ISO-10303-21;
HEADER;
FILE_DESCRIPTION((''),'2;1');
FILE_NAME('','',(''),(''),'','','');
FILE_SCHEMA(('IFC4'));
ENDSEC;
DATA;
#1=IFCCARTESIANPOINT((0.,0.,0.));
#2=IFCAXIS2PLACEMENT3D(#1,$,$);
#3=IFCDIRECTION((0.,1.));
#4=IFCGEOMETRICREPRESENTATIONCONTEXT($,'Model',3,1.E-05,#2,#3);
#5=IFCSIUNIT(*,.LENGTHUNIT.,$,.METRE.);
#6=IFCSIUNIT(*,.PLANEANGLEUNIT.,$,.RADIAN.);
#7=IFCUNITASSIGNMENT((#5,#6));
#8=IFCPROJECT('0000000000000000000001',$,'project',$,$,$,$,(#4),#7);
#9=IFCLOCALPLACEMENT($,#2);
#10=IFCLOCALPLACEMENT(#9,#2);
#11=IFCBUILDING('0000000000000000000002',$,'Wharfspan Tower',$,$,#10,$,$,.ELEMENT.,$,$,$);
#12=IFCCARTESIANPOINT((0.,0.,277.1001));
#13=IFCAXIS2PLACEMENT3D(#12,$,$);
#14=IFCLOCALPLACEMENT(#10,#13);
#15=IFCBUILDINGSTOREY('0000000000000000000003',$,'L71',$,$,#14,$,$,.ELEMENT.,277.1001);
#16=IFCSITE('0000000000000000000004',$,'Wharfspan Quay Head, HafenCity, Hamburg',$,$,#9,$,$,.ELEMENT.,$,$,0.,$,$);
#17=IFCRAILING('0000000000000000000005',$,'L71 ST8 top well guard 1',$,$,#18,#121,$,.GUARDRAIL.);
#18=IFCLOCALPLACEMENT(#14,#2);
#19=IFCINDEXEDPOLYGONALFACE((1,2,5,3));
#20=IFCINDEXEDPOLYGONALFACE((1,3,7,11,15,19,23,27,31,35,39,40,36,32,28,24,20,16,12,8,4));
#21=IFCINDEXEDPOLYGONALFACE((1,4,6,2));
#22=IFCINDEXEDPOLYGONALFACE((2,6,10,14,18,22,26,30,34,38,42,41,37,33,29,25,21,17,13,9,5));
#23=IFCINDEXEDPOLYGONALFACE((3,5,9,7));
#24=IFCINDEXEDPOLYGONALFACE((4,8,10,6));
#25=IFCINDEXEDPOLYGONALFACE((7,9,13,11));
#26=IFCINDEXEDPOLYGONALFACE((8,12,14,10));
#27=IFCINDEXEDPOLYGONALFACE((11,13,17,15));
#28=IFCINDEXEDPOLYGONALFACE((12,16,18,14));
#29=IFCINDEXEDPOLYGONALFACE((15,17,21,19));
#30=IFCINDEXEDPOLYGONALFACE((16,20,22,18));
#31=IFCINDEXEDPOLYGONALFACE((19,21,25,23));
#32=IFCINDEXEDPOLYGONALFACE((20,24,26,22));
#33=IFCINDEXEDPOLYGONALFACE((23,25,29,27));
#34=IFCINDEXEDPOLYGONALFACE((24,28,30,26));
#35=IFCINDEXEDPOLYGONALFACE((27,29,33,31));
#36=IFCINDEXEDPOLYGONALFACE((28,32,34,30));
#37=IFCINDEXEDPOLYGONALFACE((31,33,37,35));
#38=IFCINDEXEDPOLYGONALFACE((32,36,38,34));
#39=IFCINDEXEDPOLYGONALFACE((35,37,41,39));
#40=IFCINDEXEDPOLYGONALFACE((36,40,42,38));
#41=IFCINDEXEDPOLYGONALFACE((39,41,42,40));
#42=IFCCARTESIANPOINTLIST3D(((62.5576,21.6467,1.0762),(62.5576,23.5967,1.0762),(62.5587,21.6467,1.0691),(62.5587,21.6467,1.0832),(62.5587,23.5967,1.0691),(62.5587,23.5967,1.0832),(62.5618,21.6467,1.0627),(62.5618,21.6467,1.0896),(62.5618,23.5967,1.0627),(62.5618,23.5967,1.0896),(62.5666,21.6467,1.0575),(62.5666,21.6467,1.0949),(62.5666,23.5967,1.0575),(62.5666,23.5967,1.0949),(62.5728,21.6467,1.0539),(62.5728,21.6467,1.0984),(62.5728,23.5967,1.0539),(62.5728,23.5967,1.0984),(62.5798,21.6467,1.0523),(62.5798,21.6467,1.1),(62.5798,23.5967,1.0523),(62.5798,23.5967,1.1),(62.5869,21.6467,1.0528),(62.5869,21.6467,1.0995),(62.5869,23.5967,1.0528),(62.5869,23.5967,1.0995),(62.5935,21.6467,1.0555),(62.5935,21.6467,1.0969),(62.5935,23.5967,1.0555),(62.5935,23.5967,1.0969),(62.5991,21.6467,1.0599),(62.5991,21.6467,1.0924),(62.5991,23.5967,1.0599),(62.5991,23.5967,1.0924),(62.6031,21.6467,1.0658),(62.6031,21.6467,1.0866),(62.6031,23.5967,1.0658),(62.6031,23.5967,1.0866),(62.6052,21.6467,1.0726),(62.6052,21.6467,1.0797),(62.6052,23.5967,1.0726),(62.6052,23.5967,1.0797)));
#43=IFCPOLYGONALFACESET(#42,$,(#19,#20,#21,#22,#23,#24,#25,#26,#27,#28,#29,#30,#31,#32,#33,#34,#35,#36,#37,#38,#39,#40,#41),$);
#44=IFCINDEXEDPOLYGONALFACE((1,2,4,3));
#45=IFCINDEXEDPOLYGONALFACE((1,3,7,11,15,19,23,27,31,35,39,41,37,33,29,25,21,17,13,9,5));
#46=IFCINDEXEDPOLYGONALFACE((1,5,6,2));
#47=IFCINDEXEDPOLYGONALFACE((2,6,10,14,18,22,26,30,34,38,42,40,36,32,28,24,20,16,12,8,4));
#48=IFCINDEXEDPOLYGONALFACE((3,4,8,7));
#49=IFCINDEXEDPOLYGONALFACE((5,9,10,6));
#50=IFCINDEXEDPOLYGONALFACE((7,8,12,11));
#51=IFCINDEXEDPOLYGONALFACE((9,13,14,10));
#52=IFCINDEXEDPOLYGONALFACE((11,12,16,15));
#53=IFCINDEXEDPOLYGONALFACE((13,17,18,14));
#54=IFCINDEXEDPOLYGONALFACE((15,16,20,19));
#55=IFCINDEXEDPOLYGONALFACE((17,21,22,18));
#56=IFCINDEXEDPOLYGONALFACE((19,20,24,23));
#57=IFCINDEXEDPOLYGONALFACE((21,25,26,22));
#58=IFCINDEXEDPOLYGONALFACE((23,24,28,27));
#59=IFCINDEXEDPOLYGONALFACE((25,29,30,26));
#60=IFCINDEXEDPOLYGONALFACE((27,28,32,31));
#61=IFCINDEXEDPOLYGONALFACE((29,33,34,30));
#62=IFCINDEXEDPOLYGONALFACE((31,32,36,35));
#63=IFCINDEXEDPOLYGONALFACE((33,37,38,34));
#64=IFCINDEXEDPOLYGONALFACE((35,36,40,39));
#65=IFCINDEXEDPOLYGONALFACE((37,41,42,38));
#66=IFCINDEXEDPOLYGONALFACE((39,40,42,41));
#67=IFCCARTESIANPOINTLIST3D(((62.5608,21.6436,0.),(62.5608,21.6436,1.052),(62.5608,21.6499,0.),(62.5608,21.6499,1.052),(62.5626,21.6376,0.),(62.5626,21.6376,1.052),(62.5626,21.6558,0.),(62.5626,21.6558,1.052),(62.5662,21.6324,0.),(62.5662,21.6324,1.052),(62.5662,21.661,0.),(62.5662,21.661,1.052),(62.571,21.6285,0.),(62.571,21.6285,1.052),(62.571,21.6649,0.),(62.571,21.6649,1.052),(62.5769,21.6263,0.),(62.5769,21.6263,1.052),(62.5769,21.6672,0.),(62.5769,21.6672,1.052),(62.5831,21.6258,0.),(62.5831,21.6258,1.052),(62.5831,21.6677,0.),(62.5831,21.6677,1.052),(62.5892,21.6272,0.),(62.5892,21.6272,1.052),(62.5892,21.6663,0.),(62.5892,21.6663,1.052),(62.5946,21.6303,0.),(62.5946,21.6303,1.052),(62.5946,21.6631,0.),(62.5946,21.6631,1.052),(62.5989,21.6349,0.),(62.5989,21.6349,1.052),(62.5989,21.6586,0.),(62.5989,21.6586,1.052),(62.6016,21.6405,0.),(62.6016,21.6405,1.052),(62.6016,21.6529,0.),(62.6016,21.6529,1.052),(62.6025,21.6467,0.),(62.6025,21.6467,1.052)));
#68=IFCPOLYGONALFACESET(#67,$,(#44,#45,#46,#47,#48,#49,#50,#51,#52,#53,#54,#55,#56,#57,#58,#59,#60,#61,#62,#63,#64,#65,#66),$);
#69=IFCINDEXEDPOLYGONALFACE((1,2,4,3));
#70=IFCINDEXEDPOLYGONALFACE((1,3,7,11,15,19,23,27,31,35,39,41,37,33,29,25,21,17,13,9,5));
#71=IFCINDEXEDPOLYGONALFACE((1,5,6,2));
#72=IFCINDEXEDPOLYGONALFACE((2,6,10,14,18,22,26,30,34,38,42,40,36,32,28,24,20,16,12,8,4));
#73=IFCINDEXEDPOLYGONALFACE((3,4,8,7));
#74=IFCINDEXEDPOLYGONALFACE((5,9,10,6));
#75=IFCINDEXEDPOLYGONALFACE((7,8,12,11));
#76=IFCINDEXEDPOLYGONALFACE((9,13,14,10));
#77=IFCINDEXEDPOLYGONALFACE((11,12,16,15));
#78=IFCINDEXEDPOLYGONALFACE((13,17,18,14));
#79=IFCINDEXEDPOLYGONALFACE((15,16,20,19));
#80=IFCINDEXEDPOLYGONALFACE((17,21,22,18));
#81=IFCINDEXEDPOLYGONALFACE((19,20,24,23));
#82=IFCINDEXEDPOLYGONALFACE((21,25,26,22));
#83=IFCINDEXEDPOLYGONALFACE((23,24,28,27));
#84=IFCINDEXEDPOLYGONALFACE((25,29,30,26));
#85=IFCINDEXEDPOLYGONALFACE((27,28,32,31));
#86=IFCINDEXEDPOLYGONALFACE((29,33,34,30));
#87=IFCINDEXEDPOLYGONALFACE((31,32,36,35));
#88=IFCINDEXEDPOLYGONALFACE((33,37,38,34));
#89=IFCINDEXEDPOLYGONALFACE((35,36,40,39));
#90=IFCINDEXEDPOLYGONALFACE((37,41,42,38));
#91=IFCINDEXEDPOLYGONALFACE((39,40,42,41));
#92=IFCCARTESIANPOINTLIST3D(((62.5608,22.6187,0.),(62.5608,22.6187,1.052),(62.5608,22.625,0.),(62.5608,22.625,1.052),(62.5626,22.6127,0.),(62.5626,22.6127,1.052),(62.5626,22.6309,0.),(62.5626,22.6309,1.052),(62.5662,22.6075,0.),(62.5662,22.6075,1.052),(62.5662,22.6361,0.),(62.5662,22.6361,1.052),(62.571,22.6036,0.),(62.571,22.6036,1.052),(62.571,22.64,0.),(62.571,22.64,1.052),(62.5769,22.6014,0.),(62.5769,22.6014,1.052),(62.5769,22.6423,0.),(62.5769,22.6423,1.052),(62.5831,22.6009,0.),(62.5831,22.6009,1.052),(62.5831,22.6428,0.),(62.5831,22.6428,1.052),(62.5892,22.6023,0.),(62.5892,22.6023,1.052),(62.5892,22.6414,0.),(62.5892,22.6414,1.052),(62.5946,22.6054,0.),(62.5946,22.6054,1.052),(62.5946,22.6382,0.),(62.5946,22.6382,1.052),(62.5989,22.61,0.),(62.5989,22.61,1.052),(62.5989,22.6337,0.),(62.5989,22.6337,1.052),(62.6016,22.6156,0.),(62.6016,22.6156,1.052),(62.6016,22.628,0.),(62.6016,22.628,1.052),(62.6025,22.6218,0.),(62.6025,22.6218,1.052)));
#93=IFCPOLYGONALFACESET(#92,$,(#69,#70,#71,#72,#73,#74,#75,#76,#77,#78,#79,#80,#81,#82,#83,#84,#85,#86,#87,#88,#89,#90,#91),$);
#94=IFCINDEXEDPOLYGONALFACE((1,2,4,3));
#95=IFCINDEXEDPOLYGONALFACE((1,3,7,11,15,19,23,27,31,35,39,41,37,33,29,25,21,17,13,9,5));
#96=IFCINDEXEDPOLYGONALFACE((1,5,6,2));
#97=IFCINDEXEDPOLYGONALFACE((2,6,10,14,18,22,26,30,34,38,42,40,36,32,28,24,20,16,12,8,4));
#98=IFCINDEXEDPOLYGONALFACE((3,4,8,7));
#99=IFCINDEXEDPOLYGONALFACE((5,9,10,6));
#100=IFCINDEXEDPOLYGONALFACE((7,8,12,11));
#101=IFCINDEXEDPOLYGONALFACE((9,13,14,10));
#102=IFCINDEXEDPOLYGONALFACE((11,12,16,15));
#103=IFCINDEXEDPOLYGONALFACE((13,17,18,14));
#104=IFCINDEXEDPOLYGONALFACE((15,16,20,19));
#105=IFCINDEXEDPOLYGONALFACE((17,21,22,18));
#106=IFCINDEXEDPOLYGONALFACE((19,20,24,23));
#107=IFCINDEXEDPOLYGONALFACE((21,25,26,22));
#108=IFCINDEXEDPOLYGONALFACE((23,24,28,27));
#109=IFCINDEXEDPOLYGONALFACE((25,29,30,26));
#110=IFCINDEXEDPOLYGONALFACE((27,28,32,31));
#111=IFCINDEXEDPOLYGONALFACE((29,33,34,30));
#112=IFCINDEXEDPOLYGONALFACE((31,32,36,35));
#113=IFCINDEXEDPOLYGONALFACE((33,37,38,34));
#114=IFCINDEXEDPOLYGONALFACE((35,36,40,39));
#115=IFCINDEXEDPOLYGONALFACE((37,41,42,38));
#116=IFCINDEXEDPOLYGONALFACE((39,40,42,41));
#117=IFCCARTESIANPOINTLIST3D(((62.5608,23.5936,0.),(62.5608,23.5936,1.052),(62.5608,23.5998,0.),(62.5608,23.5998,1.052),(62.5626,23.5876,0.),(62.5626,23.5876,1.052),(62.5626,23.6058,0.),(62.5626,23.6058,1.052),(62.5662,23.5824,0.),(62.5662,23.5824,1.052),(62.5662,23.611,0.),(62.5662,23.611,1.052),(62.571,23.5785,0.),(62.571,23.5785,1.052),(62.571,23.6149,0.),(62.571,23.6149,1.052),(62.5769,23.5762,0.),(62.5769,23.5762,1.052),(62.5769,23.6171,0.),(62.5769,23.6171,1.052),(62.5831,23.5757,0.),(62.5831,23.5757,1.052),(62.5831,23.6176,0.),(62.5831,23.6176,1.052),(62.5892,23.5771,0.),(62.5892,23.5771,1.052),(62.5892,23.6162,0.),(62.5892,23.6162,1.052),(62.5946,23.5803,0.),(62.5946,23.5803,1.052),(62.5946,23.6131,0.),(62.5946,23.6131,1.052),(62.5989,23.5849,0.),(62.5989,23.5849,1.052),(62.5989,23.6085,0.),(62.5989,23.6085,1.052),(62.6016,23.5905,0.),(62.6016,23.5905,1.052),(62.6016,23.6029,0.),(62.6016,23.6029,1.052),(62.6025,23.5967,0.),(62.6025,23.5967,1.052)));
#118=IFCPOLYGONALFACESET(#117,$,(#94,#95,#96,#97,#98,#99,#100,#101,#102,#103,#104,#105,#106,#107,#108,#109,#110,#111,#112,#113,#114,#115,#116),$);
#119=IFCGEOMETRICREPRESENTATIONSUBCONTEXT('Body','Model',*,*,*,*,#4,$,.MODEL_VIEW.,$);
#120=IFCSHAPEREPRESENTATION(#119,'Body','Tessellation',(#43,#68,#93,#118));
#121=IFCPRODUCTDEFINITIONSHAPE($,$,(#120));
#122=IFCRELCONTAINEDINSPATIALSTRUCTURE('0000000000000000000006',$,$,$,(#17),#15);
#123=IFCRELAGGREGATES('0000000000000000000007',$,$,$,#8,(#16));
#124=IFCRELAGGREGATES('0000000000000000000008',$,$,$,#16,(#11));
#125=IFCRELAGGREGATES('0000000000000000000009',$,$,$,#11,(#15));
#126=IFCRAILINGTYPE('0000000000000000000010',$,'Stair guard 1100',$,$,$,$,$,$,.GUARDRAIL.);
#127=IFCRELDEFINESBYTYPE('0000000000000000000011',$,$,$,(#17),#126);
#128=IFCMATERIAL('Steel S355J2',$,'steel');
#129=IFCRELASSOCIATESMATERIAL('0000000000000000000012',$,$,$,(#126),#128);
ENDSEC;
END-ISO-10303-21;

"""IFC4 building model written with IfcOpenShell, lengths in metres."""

from ifc_helpers import new_model, si_unit, direction, frame, origin, origin_2d, place, context, subcontext, project, spatial, circle, extrude, material, type_object, element, save


model = new_model("IFC4")

# Units and contexts
model_context = context("Model", 3, precision=1e-05, world=origin(), true_north=direction((0.0, 1.0)))
body_context = subcontext(model_context, "Body", "Model", "MODEL_VIEW")
ifc_project = project(units=[si_unit("LENGTHUNIT", "METRE"), si_unit("PLANEANGLEUNIT", "RADIAN")], contexts=[model_context])

# Site, building, storey
site_placement = place(None, origin())
site = spatial("IfcSite", under=ifc_project, at=site_placement, Name="Wharfspan Quay Head, HafenCity, Hamburg", CompositionType="ELEMENT", RefElevation=0.0)
building_placement = place(site_placement, origin())
building = spatial("IfcBuilding", under=site, at=building_placement, Name="Wharfspan Tower", CompositionType="ELEMENT")
storey_placement = place(building_placement, frame((0.0, 0.0, 277.1001)))
storey = spatial("IfcBuildingStorey", under=building, at=storey_placement, Name="L71", CompositionType="ELEMENT", Elevation=277.1001)

# Shared definitions
ifc_material_1 = material(Name="Steel S355J2", Category="steel")

# Railing
railing_type = type_object("IfcRailingType", Name="Stair guard 1100", PredefinedType="GUARDRAIL", material=ifc_material_1)
railing_1_placement = place(storey_placement, frame((62.5815, 21.6467, 0.0)))
element("IfcRailing", 1, at=railing_1_placement, inside=storey, type_object=railing_type, Name="L71 ST8 top well guard 1", PredefinedType="GUARDRAIL", context=body_context, shape_type="SweptSolid", body=[
    extrude(circle(Radius=0.0239, at=origin_2d()), frame((0.0, 0.0, 1.0762), z_axis=(0.0, 1.0, 0.0), x_axis=(-1.0, 0.0, 0.0)), (0.0, 0.0, 1.0), 1.95),
    extrude(circle(Radius=0.021, at=origin_2d()), origin(), (0.0, 0.0, 1.0), 1.052),
    extrude(circle(Radius=0.021, at=origin_2d()), frame((0.0, 0.9751, 0.0)), (0.0, 0.0, 1.0), 1.052),
    extrude(circle(Radius=0.021, at=origin_2d()), frame((0.0, 1.95, 0.0)), (0.0, 0.0, 1.0), 1.052),
])

save(model, "model.ifc")
